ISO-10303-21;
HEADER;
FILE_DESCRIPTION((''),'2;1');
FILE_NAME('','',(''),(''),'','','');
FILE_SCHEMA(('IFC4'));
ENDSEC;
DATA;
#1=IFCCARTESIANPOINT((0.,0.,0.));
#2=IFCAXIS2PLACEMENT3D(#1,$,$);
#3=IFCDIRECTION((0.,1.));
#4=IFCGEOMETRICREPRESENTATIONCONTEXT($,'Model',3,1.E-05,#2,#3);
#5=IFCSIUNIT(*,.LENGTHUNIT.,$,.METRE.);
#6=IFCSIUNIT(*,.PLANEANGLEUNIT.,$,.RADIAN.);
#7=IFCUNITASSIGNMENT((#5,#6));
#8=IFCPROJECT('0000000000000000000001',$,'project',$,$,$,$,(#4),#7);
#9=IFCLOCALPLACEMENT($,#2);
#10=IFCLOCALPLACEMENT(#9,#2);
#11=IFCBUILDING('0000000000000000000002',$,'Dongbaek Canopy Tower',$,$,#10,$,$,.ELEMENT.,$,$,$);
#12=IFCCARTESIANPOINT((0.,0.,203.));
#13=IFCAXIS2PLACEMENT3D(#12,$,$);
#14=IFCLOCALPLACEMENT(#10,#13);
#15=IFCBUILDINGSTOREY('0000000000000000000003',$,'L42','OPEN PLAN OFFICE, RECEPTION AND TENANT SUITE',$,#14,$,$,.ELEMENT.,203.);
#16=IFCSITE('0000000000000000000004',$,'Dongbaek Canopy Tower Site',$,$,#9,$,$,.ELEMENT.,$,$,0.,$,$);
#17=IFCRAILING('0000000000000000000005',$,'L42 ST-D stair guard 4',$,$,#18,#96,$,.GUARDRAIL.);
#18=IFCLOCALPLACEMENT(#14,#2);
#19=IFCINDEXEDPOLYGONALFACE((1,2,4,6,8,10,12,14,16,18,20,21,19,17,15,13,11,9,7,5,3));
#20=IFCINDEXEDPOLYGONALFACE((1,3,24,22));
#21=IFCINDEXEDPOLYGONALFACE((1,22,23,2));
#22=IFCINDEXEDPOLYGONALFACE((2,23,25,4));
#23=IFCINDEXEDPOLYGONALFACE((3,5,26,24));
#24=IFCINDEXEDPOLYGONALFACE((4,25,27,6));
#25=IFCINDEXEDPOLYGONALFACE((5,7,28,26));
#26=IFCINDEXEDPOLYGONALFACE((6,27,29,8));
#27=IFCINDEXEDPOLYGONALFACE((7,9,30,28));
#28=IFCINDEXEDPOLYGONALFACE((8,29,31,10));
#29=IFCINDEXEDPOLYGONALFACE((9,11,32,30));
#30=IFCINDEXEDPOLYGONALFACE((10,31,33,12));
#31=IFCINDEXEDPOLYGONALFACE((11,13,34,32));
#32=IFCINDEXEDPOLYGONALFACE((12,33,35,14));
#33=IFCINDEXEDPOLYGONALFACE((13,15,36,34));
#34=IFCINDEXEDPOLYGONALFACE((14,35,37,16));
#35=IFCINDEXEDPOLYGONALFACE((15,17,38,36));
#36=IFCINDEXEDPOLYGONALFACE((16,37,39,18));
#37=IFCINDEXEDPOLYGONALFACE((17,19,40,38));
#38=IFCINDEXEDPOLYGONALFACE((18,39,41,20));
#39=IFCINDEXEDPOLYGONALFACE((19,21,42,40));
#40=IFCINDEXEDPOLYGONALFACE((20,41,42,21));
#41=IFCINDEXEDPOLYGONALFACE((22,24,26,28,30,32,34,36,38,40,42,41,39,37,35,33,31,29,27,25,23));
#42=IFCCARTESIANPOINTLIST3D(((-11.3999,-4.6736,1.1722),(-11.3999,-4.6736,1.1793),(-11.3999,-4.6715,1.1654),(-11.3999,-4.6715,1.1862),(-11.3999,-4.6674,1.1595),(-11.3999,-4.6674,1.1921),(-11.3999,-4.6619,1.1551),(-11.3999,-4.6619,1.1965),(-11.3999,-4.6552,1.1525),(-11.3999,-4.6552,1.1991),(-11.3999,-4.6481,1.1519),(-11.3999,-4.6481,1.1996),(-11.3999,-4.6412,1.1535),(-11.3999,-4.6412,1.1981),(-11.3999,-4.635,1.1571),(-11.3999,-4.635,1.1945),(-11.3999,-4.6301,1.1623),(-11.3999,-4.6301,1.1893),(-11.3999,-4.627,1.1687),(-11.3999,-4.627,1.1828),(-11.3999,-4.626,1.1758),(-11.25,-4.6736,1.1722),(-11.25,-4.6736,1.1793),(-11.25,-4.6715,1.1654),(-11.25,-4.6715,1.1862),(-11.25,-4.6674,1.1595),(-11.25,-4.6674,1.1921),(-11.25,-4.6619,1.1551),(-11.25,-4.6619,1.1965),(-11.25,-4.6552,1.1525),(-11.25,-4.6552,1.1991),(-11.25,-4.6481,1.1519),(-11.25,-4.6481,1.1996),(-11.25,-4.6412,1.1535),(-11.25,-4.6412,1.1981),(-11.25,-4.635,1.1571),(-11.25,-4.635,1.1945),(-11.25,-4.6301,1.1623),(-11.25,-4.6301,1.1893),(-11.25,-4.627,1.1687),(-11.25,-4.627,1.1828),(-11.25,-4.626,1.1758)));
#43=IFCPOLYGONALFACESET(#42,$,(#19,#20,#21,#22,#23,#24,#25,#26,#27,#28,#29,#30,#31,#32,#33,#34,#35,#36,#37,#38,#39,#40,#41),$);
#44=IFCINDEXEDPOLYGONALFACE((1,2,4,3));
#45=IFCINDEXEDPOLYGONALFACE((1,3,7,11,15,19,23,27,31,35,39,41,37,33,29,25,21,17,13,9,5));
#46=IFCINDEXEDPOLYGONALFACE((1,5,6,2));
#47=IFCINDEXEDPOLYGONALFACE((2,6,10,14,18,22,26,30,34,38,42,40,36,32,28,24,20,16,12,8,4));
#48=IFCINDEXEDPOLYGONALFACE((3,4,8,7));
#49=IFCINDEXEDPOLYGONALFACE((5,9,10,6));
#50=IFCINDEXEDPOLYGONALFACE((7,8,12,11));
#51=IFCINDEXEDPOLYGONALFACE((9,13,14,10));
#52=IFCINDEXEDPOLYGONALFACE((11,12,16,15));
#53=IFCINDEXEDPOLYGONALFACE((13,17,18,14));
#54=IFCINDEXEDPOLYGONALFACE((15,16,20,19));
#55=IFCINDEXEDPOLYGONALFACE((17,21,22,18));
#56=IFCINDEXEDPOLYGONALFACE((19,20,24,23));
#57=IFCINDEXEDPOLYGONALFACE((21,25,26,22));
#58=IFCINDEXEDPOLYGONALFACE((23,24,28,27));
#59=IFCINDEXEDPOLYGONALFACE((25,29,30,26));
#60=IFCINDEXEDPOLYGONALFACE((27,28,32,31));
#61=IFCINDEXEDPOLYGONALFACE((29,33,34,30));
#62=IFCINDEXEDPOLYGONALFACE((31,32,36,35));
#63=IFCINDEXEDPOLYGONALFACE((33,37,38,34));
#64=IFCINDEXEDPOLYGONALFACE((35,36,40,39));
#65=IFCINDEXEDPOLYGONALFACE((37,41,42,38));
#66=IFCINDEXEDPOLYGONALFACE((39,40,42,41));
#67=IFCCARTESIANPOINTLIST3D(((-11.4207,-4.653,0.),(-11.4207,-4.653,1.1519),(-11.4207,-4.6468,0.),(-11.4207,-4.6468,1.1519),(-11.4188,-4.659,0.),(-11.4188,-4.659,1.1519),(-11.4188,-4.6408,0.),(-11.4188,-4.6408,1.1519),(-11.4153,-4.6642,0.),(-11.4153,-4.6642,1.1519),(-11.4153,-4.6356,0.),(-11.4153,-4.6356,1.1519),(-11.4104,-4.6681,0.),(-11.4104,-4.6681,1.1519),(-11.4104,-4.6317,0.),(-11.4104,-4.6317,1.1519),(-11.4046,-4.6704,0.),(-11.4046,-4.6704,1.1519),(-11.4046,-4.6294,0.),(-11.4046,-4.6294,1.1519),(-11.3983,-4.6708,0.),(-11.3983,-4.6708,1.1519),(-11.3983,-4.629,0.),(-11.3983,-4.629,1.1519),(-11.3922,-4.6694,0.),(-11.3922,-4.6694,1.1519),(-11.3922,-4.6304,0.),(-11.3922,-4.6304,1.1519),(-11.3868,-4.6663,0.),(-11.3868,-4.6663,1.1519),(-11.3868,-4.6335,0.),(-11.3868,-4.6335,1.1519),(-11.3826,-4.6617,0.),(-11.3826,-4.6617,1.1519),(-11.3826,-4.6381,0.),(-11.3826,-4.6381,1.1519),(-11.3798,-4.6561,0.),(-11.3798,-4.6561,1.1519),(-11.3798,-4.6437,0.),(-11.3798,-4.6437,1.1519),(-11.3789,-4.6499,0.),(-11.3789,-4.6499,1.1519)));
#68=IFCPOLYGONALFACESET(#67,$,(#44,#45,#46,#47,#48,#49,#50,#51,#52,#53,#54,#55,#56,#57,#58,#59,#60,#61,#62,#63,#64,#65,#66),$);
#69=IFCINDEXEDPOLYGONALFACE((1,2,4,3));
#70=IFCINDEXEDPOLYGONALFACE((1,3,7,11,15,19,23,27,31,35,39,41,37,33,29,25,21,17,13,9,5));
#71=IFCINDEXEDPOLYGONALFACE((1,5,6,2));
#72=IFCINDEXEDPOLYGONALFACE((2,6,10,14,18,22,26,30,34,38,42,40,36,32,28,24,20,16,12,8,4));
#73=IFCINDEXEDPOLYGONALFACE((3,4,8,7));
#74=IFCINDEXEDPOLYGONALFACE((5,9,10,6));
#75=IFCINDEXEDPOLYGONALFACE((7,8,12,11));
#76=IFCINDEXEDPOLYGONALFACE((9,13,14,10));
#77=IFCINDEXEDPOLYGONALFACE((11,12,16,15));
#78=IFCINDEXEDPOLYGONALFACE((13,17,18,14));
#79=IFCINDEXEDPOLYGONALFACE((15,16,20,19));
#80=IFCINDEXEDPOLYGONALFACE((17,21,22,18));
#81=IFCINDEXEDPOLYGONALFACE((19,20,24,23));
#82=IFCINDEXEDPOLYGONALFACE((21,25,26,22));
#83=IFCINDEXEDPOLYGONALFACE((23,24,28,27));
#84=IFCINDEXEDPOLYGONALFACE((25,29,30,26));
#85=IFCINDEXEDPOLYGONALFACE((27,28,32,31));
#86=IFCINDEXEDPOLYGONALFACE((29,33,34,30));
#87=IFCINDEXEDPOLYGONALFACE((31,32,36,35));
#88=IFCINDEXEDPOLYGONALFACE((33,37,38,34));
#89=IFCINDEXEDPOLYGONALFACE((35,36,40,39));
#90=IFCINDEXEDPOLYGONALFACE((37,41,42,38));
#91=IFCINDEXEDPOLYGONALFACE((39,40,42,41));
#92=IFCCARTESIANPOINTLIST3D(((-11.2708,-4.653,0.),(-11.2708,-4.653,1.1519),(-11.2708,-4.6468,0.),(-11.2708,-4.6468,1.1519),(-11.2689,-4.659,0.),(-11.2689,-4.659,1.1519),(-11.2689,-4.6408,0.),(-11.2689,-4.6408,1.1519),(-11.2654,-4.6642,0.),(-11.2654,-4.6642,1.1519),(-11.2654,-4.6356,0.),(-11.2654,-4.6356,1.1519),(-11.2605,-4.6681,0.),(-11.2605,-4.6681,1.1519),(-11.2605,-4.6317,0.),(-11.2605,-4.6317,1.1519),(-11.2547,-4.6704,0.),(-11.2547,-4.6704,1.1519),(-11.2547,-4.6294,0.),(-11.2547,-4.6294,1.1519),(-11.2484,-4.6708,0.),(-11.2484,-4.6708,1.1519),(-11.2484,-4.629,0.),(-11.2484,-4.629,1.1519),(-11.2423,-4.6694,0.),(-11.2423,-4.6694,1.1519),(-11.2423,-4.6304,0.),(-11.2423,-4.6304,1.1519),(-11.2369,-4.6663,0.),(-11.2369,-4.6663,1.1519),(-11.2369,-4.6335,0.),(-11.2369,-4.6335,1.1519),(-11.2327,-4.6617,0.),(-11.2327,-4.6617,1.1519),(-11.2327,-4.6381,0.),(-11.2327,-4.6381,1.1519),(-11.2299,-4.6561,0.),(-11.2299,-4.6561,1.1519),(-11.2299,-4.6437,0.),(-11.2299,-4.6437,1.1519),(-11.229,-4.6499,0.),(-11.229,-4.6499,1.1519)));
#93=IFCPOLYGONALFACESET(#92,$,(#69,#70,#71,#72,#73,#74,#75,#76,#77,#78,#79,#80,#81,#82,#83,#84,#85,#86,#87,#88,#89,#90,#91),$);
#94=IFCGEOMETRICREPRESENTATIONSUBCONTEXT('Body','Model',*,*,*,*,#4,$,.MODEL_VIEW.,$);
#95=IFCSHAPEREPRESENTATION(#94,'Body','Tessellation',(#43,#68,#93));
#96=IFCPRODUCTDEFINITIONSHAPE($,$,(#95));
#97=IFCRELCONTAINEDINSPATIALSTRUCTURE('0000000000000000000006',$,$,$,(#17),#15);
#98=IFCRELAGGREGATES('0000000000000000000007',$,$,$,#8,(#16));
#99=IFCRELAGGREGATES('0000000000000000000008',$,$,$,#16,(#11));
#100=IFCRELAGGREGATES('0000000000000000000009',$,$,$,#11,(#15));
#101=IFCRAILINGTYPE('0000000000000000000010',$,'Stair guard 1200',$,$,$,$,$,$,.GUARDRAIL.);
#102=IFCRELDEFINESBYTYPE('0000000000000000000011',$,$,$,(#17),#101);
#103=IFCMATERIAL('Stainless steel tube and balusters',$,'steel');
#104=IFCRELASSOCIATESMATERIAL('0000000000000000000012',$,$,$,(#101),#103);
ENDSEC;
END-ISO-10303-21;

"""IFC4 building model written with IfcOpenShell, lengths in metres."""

from ifc_helpers import new_model, si_unit, direction, frame, origin, origin_2d, place, context, subcontext, project, spatial, circle, extrude, material, type_object, element, save


model = new_model("IFC4")

# Units and contexts
model_context = context("Model", 3, precision=1e-05, world=origin(), true_north=direction((0.0, 1.0)))
body_context = subcontext(model_context, "Body", "Model", "MODEL_VIEW")
ifc_project = project(units=[si_unit("LENGTHUNIT", "METRE"), si_unit("PLANEANGLEUNIT", "RADIAN")], contexts=[model_context])

# Site, building, storey
site_placement = place(None, origin())
site = spatial("IfcSite", under=ifc_project, at=site_placement, Name="Dongbaek Canopy Tower Site", CompositionType="ELEMENT", RefElevation=0.0)
building_placement = place(site_placement, origin())
building = spatial("IfcBuilding", under=site, at=building_placement, Name="Dongbaek Canopy Tower", CompositionType="ELEMENT")
storey_placement = place(building_placement, frame((0.0, 0.0, 203.0)))
storey = spatial("IfcBuildingStorey", under=building, at=storey_placement, Name="L42", Description="OPEN PLAN OFFICE, RECEPTION AND TENANT SUITE", CompositionType="ELEMENT", Elevation=203.0)

# Railing
ifc_material_1 = material(Name="Stainless steel tube and balusters", Category="steel")
railing_type_1 = type_object("IfcRailingType", Name="Stair guard 1200", PredefinedType="GUARDRAIL", material=ifc_material_1)
railing_1_placement = place(storey_placement, frame((-11.3999, -4.6499, 0.0)))
element("IfcRailing", 1, at=railing_1_placement, inside=storey, type_object=railing_type_1, Name="L42 ST-D stair guard 4", PredefinedType="GUARDRAIL", context=body_context, shape_type="SweptSolid", body=[
    extrude(circle(Radius=0.0239, at=origin_2d()), frame((0.0, 0.0, 1.1758), z_axis=(1.0, 0.0, 0.0), x_axis=(0.0, 1.0, 0.0)), (0.0, 0.0, 1.0), 0.1499),
    extrude(circle(Radius=0.021, at=origin_2d()), origin(), (0.0, 0.0, 1.0), 1.1519),
    extrude(circle(Radius=0.021, at=origin_2d()), frame((0.1499, 0.0, 0.0)), (0.0, 0.0, 1.0), 1.1519),
])

save(model, "model.ifc")
